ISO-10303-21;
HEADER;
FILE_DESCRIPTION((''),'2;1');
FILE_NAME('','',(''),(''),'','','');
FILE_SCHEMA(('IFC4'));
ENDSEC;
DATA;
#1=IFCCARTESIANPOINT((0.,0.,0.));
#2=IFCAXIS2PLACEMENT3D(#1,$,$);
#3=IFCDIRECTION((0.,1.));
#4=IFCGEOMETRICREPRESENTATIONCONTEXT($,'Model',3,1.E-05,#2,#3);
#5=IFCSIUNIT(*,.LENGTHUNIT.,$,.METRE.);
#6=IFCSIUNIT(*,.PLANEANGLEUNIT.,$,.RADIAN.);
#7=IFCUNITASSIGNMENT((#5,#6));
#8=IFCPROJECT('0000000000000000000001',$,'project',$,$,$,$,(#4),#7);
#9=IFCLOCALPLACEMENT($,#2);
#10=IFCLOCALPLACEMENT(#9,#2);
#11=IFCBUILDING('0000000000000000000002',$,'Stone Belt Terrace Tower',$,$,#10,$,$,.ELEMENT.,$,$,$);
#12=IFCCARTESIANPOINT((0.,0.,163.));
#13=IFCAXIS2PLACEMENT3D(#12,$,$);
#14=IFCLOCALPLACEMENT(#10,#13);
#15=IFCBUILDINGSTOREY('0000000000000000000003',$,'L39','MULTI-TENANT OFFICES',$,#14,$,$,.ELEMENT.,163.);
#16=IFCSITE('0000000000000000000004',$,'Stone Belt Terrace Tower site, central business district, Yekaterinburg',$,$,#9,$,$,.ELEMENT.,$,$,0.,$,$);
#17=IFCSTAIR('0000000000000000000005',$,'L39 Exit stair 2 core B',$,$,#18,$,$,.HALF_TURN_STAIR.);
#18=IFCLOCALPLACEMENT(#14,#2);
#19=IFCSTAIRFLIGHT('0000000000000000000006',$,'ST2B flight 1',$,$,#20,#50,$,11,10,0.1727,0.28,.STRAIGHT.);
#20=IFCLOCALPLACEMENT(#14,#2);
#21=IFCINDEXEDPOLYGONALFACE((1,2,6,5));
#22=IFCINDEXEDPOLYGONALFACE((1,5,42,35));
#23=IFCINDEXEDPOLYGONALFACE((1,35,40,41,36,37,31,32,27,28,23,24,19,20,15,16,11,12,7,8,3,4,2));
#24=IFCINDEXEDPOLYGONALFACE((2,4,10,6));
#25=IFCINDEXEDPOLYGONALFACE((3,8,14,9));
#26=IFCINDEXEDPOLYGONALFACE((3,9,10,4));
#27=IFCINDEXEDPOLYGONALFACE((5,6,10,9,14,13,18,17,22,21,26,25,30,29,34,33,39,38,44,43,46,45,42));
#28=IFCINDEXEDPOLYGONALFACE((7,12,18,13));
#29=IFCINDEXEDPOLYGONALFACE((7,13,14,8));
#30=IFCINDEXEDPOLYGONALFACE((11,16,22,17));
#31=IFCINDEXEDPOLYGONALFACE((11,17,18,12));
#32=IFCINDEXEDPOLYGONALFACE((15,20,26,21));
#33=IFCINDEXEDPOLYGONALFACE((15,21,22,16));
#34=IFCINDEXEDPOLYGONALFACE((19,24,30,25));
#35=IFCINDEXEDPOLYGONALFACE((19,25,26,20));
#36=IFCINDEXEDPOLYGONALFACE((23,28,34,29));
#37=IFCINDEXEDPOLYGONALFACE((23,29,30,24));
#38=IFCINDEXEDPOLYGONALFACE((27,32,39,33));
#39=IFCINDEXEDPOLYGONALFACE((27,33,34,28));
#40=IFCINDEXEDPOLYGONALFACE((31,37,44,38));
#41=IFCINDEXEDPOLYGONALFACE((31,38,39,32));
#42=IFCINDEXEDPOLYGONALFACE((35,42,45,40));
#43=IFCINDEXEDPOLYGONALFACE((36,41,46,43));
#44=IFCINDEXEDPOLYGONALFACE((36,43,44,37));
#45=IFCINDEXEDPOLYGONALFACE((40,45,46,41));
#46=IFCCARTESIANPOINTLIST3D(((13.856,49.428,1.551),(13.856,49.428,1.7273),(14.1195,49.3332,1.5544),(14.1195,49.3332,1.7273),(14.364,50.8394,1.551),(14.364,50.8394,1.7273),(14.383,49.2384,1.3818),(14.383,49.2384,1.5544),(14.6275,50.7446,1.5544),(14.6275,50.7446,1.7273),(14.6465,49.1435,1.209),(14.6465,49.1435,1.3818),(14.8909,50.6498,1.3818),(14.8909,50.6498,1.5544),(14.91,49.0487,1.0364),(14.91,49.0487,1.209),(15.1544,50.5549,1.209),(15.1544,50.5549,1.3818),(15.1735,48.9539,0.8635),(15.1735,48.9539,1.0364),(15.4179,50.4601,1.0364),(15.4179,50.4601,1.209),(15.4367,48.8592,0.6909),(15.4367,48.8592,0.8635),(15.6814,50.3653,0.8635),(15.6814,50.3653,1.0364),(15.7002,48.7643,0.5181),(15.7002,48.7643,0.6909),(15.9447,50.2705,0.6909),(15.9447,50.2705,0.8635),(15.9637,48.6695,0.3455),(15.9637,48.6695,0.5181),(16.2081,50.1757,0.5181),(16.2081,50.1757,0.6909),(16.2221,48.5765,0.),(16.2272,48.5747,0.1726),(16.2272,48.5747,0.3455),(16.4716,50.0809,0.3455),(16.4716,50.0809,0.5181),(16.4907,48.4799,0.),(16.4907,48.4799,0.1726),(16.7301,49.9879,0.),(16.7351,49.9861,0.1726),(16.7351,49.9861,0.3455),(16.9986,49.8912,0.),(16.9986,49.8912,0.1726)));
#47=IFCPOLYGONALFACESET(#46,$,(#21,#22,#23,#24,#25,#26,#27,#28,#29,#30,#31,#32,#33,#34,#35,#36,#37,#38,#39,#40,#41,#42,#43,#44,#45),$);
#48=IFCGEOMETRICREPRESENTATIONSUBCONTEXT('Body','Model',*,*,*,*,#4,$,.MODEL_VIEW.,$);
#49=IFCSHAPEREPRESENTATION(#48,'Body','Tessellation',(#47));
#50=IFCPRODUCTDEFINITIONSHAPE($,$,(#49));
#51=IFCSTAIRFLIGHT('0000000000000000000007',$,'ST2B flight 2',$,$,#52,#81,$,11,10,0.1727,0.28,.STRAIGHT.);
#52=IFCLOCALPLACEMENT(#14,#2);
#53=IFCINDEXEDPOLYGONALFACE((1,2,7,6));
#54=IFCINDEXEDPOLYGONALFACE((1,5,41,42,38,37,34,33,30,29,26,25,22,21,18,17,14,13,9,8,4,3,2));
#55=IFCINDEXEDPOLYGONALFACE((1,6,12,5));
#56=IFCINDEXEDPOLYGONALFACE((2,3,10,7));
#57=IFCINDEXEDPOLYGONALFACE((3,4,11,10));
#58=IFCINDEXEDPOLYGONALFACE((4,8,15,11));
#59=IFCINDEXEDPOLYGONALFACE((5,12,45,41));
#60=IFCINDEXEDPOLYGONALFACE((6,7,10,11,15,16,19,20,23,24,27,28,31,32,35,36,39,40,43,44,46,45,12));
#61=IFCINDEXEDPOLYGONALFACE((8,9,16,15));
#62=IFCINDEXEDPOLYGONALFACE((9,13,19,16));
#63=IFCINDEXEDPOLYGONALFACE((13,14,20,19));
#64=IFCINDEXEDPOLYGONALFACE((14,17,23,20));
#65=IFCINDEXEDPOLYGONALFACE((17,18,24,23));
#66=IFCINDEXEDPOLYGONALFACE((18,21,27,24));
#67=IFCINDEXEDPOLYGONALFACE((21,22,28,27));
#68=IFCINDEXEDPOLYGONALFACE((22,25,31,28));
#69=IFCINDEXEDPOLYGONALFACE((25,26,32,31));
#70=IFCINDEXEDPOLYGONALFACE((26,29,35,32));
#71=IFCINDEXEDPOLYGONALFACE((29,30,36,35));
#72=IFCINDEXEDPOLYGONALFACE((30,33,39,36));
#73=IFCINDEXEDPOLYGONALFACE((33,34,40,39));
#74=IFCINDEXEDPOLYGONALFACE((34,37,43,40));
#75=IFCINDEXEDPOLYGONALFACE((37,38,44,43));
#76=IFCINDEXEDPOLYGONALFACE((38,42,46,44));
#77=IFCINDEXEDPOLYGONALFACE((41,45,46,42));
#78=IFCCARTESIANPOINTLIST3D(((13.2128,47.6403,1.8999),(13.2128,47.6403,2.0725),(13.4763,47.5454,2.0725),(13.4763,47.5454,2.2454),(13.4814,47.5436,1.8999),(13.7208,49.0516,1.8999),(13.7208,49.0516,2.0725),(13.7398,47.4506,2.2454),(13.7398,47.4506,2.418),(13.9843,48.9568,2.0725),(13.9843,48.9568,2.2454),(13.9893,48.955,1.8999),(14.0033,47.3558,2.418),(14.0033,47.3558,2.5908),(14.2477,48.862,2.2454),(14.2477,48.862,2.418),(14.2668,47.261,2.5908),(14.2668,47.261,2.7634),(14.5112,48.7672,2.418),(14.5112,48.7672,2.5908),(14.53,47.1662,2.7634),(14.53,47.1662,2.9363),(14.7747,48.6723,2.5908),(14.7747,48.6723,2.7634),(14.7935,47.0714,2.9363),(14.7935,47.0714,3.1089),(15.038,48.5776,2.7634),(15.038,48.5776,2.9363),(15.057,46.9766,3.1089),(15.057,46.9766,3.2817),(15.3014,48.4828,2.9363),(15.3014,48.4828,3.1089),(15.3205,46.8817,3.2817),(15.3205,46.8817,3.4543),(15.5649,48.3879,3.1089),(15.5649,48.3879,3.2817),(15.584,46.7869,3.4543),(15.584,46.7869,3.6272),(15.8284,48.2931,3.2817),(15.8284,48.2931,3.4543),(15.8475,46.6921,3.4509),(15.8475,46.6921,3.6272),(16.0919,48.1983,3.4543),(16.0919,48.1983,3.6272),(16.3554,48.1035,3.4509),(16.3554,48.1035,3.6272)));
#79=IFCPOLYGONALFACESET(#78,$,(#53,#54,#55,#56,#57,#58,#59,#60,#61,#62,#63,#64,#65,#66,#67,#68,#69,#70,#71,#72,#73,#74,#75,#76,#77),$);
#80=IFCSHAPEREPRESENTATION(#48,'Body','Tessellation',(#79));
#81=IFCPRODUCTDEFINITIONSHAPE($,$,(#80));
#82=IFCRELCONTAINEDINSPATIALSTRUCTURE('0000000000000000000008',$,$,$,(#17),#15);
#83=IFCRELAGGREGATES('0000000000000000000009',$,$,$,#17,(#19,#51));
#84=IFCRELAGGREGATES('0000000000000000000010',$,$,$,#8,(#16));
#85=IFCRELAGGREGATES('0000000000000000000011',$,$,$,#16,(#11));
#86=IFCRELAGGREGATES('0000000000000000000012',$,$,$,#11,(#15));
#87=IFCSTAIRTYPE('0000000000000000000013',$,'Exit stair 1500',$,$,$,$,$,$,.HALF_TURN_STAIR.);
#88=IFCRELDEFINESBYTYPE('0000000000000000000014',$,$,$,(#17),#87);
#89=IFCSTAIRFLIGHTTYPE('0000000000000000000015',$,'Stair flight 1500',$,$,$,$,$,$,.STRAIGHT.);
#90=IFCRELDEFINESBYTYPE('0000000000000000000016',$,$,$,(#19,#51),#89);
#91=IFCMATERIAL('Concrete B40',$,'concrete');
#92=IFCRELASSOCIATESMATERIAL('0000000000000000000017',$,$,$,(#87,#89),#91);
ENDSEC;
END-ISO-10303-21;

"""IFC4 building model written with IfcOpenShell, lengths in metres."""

from ifc_helpers import new_model, si_unit, direction, frame, origin, place, context, subcontext, project, spatial, polyline, outline, extrude, material, type_object, element, aggregate, save


model = new_model("IFC4")

# Units and contexts
model_context = context("Model", 3, precision=1e-05, world=origin(), true_north=direction((0.0, 1.0)))
body_context = subcontext(model_context, "Body", "Model", "MODEL_VIEW")
ifc_project = project(units=[si_unit("LENGTHUNIT", "METRE"), si_unit("PLANEANGLEUNIT", "RADIAN")], contexts=[model_context])

# Site, building, storey
site_placement = place(None, origin())
site = spatial("IfcSite", under=ifc_project, at=site_placement, Name="Stone Belt Terrace Tower site, central business district, Yekaterinburg", CompositionType="ELEMENT", RefElevation=0.0)
building_placement = place(site_placement, origin())
building = spatial("IfcBuilding", under=site, at=building_placement, Name="Stone Belt Terrace Tower", CompositionType="ELEMENT")
storey_placement = place(building_placement, frame((0.0, 0.0, 163.0)))
storey = spatial("IfcBuildingStorey", under=building, at=storey_placement, Name="L39", Description="MULTI-TENANT OFFICES", CompositionType="ELEMENT", Elevation=163.0)

# Stair, stair flights
ifc_material_1 = material(Name="Concrete B40", Category="concrete")
stair_type = type_object("IfcStairType", Name="Exit stair 1500", PredefinedType="HALF_TURN_STAIR", material=ifc_material_1)
stair_placement = place(storey_placement, origin())
stair = element("IfcStair", 1, at=stair_placement, inside=storey, type_object=stair_type, Name="L39 Exit stair 2 core B", PredefinedType="HALF_TURN_STAIR")
stair_flight_type = type_object("IfcStairFlightType", Name="Stair flight 1500", PredefinedType="STRAIGHT", material=ifc_material_1)
stair_flight_1_placement = place(storey_placement, frame((16.7446, 49.1855, 0.0), z_axis=(0.0, 0.0, 1.0), x_axis=(-0.940922, 0.338624, 0.0)))
stair_flight_1 = element("IfcStairFlight", 2, at=stair_flight_1_placement, type_object=stair_flight_type, Name="ST2B flight 1", NumberOfRisers=11, NumberOfTreads=10, PredefinedType="STRAIGHT", RiserHeight=0.1727, TreadLength=0.28, context=body_context, shape_type="SweptSolid", body=[
    extrude(outline(polyline([(0.0, 0.0), (0.0, 0.1726), (0.28, 0.1726), (0.28, 0.3455), (0.5601, 0.3455), (0.5601, 0.5181), (0.8401, 0.5181), (0.8401, 0.6909), (1.1201, 0.6909), (1.1201, 0.8635), (1.3999, 0.8635), (1.3999, 1.0364), (1.6799, 1.0364), (1.6799, 1.209), (1.96, 1.209), (1.96, 1.3818), (2.24, 1.3818), (2.24, 1.5544), (2.52, 1.5544), (2.52, 1.7273), (2.8, 1.7273), (2.8, 1.8999), (2.8, 1.551), (0.2854, 0.0), (0.0, 0.0)])), frame((0.0, 0.75, 0.0), z_axis=(0.0, -1.0, 0.0), x_axis=(1.0, 0.0, 0.0)), (0.0, 0.0, 1.0), 1.5),
])
stair_flight_2_placement = place(storey_placement, frame((13.4668, 48.3459, 1.8999), z_axis=(0.0, 0.0, 1.0), x_axis=(0.940922, -0.338624, 0.0)))
stair_flight_2 = element("IfcStairFlight", 3, at=stair_flight_2_placement, type_object=stair_flight_type, Name="ST2B flight 2", NumberOfRisers=11, NumberOfTreads=10, PredefinedType="STRAIGHT", RiserHeight=0.1727, TreadLength=0.28, context=body_context, shape_type="SweptSolid", body=[
    extrude(outline(polyline([(0.0, 0.0), (0.0, 0.1726), (0.28, 0.1726), (0.28, 0.3455), (0.5601, 0.3455), (0.5601, 0.5181), (0.8401, 0.5181), (0.8401, 0.6909), (1.1201, 0.6909), (1.1201, 0.8635), (1.3999, 0.8635), (1.3999, 1.0364), (1.6799, 1.0364), (1.6799, 1.209), (1.96, 1.209), (1.96, 1.3818), (2.24, 1.3818), (2.24, 1.5544), (2.52, 1.5544), (2.52, 1.7273), (2.8, 1.7273), (2.8, 1.8999), (2.8, 1.551), (0.2854, 0.0), (0.0, 0.0)])), frame((0.0, 0.75, 0.0), z_axis=(0.0, -1.0, 0.0), x_axis=(1.0, 0.0, 0.0)), (0.0, 0.0, 1.0), 1.5),
])
aggregate(stair, [stair_flight_1, stair_flight_2])

save(model, "model.ifc")
